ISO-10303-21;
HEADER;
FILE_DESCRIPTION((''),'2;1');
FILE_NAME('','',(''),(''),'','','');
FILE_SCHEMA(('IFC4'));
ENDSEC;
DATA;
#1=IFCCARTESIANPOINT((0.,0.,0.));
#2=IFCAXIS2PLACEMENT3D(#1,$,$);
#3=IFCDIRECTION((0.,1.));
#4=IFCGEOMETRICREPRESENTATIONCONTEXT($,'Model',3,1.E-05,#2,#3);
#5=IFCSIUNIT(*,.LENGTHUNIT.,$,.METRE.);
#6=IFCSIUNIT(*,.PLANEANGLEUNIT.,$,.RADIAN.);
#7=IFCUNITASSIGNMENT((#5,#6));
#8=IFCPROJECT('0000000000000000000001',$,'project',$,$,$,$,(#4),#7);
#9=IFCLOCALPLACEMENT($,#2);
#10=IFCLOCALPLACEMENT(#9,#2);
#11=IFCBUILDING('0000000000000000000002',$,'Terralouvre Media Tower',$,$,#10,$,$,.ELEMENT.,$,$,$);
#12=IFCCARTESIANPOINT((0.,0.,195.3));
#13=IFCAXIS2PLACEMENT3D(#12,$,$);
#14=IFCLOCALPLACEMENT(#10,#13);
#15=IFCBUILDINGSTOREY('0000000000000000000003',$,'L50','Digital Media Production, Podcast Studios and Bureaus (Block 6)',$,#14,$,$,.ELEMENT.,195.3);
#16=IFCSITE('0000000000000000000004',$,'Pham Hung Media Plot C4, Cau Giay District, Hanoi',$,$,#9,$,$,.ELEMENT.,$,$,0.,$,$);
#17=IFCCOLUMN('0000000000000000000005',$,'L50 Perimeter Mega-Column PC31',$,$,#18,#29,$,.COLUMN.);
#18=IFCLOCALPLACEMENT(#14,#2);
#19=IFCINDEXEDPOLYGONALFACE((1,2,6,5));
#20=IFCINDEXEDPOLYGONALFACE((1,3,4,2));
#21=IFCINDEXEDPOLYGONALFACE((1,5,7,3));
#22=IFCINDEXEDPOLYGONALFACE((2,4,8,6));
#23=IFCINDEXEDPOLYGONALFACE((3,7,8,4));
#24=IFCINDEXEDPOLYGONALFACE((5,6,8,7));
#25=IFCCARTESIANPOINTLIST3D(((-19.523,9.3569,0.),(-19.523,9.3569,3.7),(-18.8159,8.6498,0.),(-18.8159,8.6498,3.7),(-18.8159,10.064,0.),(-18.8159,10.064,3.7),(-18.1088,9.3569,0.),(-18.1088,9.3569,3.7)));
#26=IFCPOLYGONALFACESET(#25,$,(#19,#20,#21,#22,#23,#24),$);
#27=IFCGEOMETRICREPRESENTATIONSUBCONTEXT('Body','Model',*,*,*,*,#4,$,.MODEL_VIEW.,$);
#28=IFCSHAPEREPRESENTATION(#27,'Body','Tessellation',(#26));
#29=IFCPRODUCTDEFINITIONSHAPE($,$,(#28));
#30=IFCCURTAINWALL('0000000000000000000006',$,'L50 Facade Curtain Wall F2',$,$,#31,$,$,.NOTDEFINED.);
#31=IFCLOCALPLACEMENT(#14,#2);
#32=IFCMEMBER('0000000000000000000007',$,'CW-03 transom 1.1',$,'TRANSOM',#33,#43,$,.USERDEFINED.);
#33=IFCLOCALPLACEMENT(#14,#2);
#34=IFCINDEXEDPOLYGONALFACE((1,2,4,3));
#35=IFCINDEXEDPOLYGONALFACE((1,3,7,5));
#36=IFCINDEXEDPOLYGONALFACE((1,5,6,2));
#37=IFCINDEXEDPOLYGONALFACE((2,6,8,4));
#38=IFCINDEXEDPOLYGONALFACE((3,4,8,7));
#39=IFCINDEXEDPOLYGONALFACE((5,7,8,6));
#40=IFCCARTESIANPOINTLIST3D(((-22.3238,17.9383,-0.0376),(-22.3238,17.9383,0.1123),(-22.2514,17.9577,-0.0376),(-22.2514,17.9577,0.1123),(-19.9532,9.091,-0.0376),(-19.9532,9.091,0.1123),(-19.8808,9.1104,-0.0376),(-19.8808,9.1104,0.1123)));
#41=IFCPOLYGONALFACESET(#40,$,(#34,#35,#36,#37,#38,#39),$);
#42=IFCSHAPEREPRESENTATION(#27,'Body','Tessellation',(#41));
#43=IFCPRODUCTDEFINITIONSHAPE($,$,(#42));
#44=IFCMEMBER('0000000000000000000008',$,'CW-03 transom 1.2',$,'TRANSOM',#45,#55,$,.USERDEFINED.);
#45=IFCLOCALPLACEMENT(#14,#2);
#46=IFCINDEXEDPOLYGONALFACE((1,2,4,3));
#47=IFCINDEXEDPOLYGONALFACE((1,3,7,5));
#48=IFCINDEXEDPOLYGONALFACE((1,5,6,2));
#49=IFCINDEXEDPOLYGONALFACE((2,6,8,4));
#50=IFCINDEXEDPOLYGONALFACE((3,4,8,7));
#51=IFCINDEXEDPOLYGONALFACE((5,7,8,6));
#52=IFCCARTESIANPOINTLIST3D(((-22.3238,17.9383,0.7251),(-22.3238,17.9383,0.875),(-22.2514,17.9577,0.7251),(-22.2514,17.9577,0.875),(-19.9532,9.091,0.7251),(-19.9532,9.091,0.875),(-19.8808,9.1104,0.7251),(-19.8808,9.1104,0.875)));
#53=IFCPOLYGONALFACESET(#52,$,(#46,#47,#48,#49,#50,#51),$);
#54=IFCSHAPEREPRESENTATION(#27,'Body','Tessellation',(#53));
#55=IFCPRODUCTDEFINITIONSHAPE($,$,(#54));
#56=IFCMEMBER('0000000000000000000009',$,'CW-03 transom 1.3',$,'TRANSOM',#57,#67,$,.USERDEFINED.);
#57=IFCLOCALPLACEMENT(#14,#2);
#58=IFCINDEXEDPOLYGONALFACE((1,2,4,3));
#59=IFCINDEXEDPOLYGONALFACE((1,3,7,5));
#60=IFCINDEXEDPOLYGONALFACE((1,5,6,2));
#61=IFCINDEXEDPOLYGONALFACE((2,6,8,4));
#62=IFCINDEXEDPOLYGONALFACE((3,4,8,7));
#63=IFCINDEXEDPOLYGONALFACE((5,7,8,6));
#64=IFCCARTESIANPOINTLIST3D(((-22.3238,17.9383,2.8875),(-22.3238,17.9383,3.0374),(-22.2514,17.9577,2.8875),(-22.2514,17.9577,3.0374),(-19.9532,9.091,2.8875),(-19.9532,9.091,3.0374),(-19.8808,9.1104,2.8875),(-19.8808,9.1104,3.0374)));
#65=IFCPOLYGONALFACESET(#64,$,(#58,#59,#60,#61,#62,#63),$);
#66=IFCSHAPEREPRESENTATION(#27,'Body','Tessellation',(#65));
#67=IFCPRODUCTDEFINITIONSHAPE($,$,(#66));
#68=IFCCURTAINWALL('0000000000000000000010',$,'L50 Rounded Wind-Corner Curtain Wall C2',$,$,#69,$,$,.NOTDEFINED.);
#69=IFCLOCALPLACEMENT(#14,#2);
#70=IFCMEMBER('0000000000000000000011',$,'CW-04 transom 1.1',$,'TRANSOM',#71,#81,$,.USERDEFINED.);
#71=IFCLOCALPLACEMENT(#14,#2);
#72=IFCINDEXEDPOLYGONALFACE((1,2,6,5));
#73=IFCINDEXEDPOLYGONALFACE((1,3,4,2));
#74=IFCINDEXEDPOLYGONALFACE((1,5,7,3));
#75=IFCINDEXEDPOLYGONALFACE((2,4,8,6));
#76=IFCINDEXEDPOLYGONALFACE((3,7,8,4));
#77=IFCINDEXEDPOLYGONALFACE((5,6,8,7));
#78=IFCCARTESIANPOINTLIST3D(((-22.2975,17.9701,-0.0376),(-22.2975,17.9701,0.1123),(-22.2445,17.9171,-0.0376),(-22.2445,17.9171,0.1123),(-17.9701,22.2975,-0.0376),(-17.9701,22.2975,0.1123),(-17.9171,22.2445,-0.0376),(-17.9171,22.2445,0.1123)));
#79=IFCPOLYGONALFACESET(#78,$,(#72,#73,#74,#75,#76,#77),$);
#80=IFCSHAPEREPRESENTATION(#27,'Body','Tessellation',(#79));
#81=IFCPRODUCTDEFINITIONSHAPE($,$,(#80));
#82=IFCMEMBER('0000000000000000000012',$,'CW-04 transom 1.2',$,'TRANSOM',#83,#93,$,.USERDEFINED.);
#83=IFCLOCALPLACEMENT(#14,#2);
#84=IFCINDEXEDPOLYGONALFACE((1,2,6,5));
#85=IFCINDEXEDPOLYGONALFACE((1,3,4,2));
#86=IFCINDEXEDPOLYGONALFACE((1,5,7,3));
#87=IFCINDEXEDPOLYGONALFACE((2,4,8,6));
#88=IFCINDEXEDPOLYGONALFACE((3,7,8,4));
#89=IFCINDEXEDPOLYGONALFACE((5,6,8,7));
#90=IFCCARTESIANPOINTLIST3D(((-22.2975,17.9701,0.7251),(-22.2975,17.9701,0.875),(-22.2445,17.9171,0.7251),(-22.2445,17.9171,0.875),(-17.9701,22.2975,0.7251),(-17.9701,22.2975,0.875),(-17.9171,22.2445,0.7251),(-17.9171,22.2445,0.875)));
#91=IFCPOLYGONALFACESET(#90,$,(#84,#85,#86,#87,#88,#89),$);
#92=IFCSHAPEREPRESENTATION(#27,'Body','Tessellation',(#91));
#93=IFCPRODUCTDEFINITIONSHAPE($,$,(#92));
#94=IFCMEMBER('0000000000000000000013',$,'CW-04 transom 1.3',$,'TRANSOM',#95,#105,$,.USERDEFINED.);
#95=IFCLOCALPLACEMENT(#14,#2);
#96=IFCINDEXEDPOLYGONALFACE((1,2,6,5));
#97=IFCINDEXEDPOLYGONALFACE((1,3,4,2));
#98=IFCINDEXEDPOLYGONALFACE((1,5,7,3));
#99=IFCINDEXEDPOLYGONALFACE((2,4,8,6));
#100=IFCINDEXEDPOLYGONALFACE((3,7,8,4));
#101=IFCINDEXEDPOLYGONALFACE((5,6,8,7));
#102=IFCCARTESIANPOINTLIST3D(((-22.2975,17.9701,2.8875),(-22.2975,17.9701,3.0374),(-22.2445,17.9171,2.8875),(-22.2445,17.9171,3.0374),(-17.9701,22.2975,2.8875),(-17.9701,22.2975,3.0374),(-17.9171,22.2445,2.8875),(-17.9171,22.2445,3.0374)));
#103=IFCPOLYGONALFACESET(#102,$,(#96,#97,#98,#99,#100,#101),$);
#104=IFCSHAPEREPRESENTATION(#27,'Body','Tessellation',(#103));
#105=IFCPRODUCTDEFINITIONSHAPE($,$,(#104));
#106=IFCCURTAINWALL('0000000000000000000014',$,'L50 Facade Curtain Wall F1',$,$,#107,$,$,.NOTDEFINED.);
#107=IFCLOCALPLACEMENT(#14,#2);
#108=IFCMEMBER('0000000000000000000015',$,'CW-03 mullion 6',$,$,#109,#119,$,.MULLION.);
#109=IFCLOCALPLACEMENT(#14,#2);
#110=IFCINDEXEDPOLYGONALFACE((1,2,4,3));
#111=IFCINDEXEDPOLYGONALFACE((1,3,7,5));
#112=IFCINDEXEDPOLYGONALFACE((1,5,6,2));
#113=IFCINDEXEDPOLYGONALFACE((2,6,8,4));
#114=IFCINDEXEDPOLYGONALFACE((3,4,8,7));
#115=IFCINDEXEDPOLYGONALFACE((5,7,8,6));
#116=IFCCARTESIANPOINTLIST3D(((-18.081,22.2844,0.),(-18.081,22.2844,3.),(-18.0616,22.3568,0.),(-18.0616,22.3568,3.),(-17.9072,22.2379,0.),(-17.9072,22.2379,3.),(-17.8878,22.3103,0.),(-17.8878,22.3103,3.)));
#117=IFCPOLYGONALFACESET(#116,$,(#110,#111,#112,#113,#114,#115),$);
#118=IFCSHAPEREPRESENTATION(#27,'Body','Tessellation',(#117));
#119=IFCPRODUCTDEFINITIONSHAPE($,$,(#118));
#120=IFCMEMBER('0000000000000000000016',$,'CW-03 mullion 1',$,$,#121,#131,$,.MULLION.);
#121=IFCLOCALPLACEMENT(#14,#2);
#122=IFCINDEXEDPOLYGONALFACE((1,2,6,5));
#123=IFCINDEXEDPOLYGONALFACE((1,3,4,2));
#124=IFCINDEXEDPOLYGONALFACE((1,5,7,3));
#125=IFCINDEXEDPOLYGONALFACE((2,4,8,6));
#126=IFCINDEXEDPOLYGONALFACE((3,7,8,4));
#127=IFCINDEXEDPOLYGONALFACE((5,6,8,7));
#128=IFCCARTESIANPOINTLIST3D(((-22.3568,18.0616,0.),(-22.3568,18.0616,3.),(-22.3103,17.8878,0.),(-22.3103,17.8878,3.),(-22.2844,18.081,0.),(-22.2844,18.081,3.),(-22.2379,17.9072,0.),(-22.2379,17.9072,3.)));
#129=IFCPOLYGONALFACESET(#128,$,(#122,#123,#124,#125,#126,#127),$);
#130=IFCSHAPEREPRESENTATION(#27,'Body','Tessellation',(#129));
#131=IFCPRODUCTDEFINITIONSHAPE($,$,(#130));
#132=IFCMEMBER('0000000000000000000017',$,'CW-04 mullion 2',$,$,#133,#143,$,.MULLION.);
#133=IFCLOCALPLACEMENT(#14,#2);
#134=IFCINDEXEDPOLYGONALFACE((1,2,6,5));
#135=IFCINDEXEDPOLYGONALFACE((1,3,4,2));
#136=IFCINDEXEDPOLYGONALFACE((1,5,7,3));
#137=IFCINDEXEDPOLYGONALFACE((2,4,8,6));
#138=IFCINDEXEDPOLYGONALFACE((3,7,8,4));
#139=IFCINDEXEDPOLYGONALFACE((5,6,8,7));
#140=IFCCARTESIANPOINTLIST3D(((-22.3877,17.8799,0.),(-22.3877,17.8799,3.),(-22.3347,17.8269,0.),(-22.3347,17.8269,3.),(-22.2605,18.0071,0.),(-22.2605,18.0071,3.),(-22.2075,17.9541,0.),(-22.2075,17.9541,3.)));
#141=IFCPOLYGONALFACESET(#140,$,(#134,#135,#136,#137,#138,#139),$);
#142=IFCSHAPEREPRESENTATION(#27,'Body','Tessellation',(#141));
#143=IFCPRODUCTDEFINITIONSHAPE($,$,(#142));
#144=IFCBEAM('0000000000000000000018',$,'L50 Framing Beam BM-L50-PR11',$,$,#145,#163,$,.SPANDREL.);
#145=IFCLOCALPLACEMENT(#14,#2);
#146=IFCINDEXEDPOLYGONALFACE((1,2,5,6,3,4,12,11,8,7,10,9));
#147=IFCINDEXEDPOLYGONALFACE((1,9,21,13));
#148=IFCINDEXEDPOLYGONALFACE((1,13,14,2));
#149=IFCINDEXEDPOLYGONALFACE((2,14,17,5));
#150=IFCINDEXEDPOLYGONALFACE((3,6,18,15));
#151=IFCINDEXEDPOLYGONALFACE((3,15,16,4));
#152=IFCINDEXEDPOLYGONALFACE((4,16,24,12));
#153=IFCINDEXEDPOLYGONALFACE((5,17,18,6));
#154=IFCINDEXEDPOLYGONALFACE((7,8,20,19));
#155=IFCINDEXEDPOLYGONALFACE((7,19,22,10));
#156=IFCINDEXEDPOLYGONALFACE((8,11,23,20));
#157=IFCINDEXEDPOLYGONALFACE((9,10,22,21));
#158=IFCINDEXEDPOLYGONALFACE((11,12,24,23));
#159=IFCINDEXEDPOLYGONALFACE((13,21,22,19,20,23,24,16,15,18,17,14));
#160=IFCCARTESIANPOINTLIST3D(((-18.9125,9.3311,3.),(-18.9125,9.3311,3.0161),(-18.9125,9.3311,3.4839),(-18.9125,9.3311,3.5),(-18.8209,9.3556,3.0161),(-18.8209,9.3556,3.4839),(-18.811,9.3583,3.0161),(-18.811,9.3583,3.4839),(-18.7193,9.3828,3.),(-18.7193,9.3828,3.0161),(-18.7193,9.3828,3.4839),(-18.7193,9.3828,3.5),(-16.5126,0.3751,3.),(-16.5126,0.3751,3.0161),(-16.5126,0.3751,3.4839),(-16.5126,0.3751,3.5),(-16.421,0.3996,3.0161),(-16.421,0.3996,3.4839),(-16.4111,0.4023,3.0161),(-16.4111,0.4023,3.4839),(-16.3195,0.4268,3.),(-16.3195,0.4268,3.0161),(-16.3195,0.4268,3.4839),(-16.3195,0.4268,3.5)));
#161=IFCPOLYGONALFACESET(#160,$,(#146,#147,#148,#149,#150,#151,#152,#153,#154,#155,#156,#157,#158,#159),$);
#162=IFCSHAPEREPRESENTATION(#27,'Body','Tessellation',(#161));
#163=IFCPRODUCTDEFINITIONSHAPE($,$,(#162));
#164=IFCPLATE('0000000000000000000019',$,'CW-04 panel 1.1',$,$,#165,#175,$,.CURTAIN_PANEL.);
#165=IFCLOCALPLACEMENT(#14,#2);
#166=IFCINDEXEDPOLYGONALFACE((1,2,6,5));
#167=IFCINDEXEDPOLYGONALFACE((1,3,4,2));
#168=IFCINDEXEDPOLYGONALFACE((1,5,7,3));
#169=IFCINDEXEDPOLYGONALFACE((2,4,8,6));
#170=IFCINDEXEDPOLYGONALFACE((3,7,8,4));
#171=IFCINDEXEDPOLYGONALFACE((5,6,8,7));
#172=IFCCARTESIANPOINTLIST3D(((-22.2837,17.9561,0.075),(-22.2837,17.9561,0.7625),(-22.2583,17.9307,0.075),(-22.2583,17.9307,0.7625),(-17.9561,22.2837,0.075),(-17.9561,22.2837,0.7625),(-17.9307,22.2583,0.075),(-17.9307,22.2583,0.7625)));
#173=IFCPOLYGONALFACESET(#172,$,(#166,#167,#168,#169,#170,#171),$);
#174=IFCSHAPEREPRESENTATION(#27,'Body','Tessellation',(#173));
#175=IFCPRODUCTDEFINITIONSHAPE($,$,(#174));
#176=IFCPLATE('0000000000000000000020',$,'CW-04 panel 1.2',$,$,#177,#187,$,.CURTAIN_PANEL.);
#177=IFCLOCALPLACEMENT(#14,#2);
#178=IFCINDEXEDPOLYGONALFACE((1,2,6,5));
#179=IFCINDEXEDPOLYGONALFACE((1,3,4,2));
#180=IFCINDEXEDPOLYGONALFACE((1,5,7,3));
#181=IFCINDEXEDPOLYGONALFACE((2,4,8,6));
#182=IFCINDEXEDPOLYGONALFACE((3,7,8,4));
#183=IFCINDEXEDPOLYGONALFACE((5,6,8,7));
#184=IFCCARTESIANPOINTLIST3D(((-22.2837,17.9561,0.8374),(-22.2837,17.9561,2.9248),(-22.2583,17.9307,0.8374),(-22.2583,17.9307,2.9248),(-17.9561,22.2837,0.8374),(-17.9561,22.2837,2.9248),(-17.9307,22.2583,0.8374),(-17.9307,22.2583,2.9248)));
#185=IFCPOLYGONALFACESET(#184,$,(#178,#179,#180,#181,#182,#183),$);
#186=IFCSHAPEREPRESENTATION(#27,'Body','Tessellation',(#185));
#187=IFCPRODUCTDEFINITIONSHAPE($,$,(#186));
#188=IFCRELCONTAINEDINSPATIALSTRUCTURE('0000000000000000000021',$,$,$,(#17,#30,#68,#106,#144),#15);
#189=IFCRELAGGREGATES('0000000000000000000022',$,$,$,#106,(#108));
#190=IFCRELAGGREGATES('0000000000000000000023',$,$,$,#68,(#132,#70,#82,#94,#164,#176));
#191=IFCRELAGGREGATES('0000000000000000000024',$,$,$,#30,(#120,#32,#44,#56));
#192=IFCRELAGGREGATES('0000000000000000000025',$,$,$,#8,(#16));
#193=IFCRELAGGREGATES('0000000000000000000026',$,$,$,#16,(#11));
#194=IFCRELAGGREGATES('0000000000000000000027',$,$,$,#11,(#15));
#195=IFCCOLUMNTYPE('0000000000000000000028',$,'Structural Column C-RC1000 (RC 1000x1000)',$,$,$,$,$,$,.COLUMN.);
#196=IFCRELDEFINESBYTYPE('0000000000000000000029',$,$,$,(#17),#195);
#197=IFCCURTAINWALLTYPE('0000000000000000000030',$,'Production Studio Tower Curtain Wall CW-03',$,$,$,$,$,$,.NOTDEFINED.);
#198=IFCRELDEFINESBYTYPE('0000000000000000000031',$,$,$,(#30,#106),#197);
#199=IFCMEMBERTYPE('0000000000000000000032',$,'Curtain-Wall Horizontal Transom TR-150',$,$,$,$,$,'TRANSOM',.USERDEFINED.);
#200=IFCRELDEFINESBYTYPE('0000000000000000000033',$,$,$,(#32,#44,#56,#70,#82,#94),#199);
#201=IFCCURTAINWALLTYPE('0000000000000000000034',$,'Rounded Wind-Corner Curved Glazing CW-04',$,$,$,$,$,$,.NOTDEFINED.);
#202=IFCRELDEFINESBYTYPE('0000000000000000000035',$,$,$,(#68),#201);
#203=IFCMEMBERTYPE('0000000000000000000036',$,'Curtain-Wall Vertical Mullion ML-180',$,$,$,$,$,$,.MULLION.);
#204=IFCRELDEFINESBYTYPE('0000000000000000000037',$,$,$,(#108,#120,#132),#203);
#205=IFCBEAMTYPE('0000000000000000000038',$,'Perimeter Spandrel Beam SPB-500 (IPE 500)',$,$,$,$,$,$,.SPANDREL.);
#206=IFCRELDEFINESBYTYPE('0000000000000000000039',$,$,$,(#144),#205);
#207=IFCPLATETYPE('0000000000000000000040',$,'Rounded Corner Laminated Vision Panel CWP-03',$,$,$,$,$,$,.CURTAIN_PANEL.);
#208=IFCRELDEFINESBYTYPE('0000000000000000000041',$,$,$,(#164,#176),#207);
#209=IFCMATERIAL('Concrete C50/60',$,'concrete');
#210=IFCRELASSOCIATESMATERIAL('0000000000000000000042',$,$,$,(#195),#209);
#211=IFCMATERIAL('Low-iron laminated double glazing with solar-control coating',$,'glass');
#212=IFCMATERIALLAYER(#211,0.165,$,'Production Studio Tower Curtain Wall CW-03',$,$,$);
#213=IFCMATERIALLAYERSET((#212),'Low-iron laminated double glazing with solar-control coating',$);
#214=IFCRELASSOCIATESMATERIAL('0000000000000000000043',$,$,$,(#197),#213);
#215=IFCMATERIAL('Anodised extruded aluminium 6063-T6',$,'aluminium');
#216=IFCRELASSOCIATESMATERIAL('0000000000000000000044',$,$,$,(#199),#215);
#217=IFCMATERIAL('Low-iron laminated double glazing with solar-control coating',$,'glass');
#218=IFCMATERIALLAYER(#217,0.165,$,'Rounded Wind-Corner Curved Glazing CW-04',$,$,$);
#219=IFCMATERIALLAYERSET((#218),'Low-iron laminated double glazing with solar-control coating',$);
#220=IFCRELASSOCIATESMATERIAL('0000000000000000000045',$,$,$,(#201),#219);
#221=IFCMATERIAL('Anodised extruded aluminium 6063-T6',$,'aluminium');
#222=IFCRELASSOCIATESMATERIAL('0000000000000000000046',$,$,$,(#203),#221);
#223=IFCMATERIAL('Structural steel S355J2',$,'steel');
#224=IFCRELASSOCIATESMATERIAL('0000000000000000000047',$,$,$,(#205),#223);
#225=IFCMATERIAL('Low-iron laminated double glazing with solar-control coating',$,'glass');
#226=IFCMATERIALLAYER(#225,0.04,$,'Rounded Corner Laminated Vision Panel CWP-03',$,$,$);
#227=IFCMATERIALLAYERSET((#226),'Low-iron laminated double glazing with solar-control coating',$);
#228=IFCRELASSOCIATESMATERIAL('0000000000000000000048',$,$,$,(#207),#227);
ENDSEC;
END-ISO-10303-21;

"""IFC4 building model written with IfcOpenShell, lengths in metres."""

from ifc_helpers import new_model, si_unit, direction, frame, origin, origin_2d, place, context, subcontext, project, spatial, rectangle, i_section, extrude, material, layer, layer_set, material_profile, profile_set, type_object, element, aggregate, save


model = new_model("IFC4")

# Units and contexts
model_context = context("Model", 3, precision=1e-05, world=origin(), true_north=direction((0.0, 1.0)))
body_context = subcontext(model_context, "Body", "Model", "MODEL_VIEW")
ifc_project = project(units=[si_unit("LENGTHUNIT", "METRE"), si_unit("PLANEANGLEUNIT", "RADIAN")], contexts=[model_context])

# Site, building, storey
site_placement = place(None, origin())
site = spatial("IfcSite", under=ifc_project, at=site_placement, Name="Pham Hung Media Plot C4, Cau Giay District, Hanoi", CompositionType="ELEMENT", RefElevation=0.0)
building_placement = place(site_placement, origin())
building = spatial("IfcBuilding", under=site, at=building_placement, Name="Terralouvre Media Tower", CompositionType="ELEMENT")
storey_placement = place(building_placement, frame((0.0, 0.0, 195.3)))
storey = spatial("IfcBuildingStorey", under=building, at=storey_placement, Name="L50", Description="Digital Media Production, Podcast Studios and Bureaus (Block 6)", CompositionType="ELEMENT", Elevation=195.3)

# Column
ifc_material_1 = material(Name="Concrete C50/60", Category="concrete")
ifc_material_profile_1 = material_profile(ifc_material_1, rectangle(XDim=1.0, YDim=1.0, at=origin_2d()), Name="RC 1000x1000")
ifc_profile_set_1 = profile_set([ifc_material_profile_1], Name="Concrete C50/60")
column_type = type_object("IfcColumnType", Name="Structural Column C-RC1000 (RC 1000x1000)", PredefinedType="COLUMN", material=ifc_profile_set_1)
column_placement = place(storey_placement, frame((-18.8159, 9.3569, 0.0), z_axis=(0.0, 0.0, 1.0), x_axis=(0.707107, 0.707107, 0.0)))
element("IfcColumn", 1, at=column_placement, inside=storey, type_object=column_type, Name="L50 Perimeter Mega-Column PC31", PredefinedType="COLUMN", context=body_context, shape_type="SweptSolid", body=[
    extrude(rectangle(XDim=1.0, YDim=1.0, at=origin_2d()), origin(), (0.0, 0.0, 1.0), 3.7),
])

# Curtain walls, members
ifc_material_2 = material(Name="Low-iron laminated double glazing with solar-control coating", Category="glass")
ifc_layer_1 = layer(ifc_material_2, 0.165, Name="Production Studio Tower Curtain Wall CW-03")
ifc_layer_set_1 = layer_set([ifc_layer_1], Name="Low-iron laminated double glazing with solar-control coating")
curtain_wall_type_1 = type_object("IfcCurtainWallType", Name="Production Studio Tower Curtain Wall CW-03", PredefinedType="NOTDEFINED", material=ifc_layer_set_1)
curtain_wall_1_placement = place(storey_placement, origin())
curtain_wall_1 = element("IfcCurtainWall", 2, at=curtain_wall_1_placement, inside=storey, type_object=curtain_wall_type_1, Name="L50 Facade Curtain Wall F2", PredefinedType="NOTDEFINED")
ifc_material_3 = material(Name="Anodised extruded aluminium 6063-T6", Category="aluminium")
ifc_material_profile_2 = material_profile(ifc_material_3, rectangle(XDim=0.075, YDim=0.1499, at=origin_2d()), Name="ALU 75x150")
ifc_profile_set_2 = profile_set([ifc_material_profile_2], Name="Anodised extruded aluminium 6063-T6")
member_type_1 = type_object("IfcMemberType", Name="Curtain-Wall Horizontal Transom TR-150", ElementType="TRANSOM", PredefinedType="USERDEFINED", material=ifc_profile_set_2)
member_1_placement = place(storey_placement, frame((-22.2876, 17.948, 0.0374), z_axis=(0.258814, -0.965927, 0.0), x_axis=(0.965927, 0.258814, 0.0)))
member_1 = element("IfcMember", 3, at=member_1_placement, type_object=member_type_1, Name="CW-03 transom 1.1", ObjectType="TRANSOM", PredefinedType="USERDEFINED", context=body_context, shape_type="SweptSolid", body=[
    extrude(rectangle(XDim=0.075, YDim=0.1499, at=origin_2d()), origin(), (0.0, 0.0, 1.0), 9.1594),
])
member_2_placement = place(storey_placement, frame((-22.2876, 17.948, 0.8), z_axis=(0.258814, -0.965927, 0.0), x_axis=(0.965927, 0.258814, 0.0)))
member_2 = element("IfcMember", 4, at=member_2_placement, type_object=member_type_1, Name="CW-03 transom 1.2", ObjectType="TRANSOM", PredefinedType="USERDEFINED", context=body_context, shape_type="SweptSolid", body=[
    extrude(rectangle(XDim=0.075, YDim=0.1499, at=origin_2d()), origin(), (0.0, 0.0, 1.0), 9.1594),
])
member_3_placement = place(storey_placement, frame((-22.2876, 17.948, 2.9624), z_axis=(0.258814, -0.965927, 0.0), x_axis=(0.965927, 0.258814, 0.0)))
member_3 = element("IfcMember", 5, at=member_3_placement, type_object=member_type_1, Name="CW-03 transom 1.3", ObjectType="TRANSOM", PredefinedType="USERDEFINED", context=body_context, shape_type="SweptSolid", body=[
    extrude(rectangle(XDim=0.075, YDim=0.1499, at=origin_2d()), origin(), (0.0, 0.0, 1.0), 9.1594),
])
ifc_material_4 = material(Name="Low-iron laminated double glazing with solar-control coating", Category="glass")
ifc_layer_2 = layer(ifc_material_4, 0.165, Name="Rounded Wind-Corner Curved Glazing CW-04")
ifc_layer_set_2 = layer_set([ifc_layer_2], Name="Low-iron laminated double glazing with solar-control coating")
curtain_wall_type_2 = type_object("IfcCurtainWallType", Name="Rounded Wind-Corner Curved Glazing CW-04", PredefinedType="NOTDEFINED", material=ifc_layer_set_2)
curtain_wall_2_placement = place(storey_placement, origin())
curtain_wall_2 = element("IfcCurtainWall", 6, at=curtain_wall_2_placement, inside=storey, type_object=curtain_wall_type_2, Name="L50 Rounded Wind-Corner Curtain Wall C2", PredefinedType="NOTDEFINED")
member_4_placement = place(storey_placement, frame((-17.9436, 22.271, 0.0374), z_axis=(-0.707107, -0.707107, 0.0), x_axis=(0.707107, -0.707107, 0.0)))
member_4 = element("IfcMember", 7, at=member_4_placement, type_object=member_type_1, Name="CW-04 transom 1.1", ObjectType="TRANSOM", PredefinedType="USERDEFINED", context=body_context, shape_type="SweptSolid", body=[
    extrude(rectangle(XDim=0.075, YDim=0.1499, at=origin_2d()), origin(), (0.0, 0.0, 1.0), 6.1199),
])
member_5_placement = place(storey_placement, frame((-17.9436, 22.271, 0.8), z_axis=(-0.707107, -0.707107, 0.0), x_axis=(0.707107, -0.707107, 0.0)))
member_5 = element("IfcMember", 8, at=member_5_placement, type_object=member_type_1, Name="CW-04 transom 1.2", ObjectType="TRANSOM", PredefinedType="USERDEFINED", context=body_context, shape_type="SweptSolid", body=[
    extrude(rectangle(XDim=0.075, YDim=0.1499, at=origin_2d()), origin(), (0.0, 0.0, 1.0), 6.1199),
])
member_6_placement = place(storey_placement, frame((-17.9436, 22.271, 2.9624), z_axis=(-0.707107, -0.707107, 0.0), x_axis=(0.707107, -0.707107, 0.0)))
member_6 = element("IfcMember", 9, at=member_6_placement, type_object=member_type_1, Name="CW-04 transom 1.3", ObjectType="TRANSOM", PredefinedType="USERDEFINED", context=body_context, shape_type="SweptSolid", body=[
    extrude(rectangle(XDim=0.075, YDim=0.1499, at=origin_2d()), origin(), (0.0, 0.0, 1.0), 6.1199),
])

# Curtain wall, member
curtain_wall_3_placement = place(storey_placement, origin())
curtain_wall_3 = element("IfcCurtainWall", 10, at=curtain_wall_3_placement, inside=storey, type_object=curtain_wall_type_1, Name="L50 Facade Curtain Wall F1", PredefinedType="NOTDEFINED")
ifc_material_5 = material(Name="Anodised extruded aluminium 6063-T6", Category="aluminium")
ifc_material_profile_3 = material_profile(ifc_material_5, rectangle(XDim=0.075, YDim=0.1799, at=origin_2d()), Name="ALU 75x180")
ifc_profile_set_3 = profile_set([ifc_material_profile_3], Name="Anodised extruded aluminium 6063-T6")
member_type_2 = type_object("IfcMemberType", Name="Curtain-Wall Vertical Mullion ML-180", PredefinedType="MULLION", material=ifc_profile_set_3)
member_7_placement = place(storey_placement, frame((-17.9844, 22.2974, 0.0), z_axis=(0.0, 0.0, 1.0), x_axis=(-0.258819, -0.965926, 0.0)))
member_7 = element("IfcMember", 11, at=member_7_placement, type_object=member_type_2, Name="CW-03 mullion 6", PredefinedType="MULLION", context=body_context, shape_type="SweptSolid", body=[
    extrude(rectangle(XDim=0.075, YDim=0.1799, at=origin_2d()), origin(), (0.0, 0.0, 1.0), 3.0),
])
aggregate(curtain_wall_3, [member_7])

# Members
member_8_placement = place(storey_placement, frame((-22.2974, 17.9844, 0.0), z_axis=(0.0, 0.0, 1.0), x_axis=(0.965926, 0.258819, 0.0)))
member_8 = element("IfcMember", 12, at=member_8_placement, type_object=member_type_2, Name="CW-03 mullion 1", PredefinedType="MULLION", context=body_context, shape_type="SweptSolid", body=[
    extrude(rectangle(XDim=0.075, YDim=0.1799, at=origin_2d()), origin(), (0.0, 0.0, 1.0), 3.0),
])
member_9_placement = place(storey_placement, frame((-22.2976, 17.917, 0.0), z_axis=(0.0, 0.0, 1.0), x_axis=(0.707107, -0.707107, 0.0)))
member_9 = element("IfcMember", 13, at=member_9_placement, type_object=member_type_2, Name="CW-04 mullion 2", PredefinedType="MULLION", context=body_context, shape_type="SweptSolid", body=[
    extrude(rectangle(XDim=0.075, YDim=0.1799, at=origin_2d()), origin(), (0.0, 0.0, 1.0), 3.0),
])

# Beam
ifc_material_6 = material(Name="Structural steel S355J2", Category="steel")
ifc_material_profile_4 = material_profile(ifc_material_6, i_section(OverallWidth=0.2, OverallDepth=0.5, WebThickness=0.0103, FlangeThickness=0.0161, at=origin_2d()), Name="IPE 500")
ifc_profile_set_4 = profile_set([ifc_material_profile_4], Name="Structural steel S355J2")
beam_type = type_object("IfcBeamType", Name="Perimeter Spandrel Beam SPB-500 (IPE 500)", PredefinedType="SPANDREL", material=ifc_profile_set_4)
beam_placement = place(storey_placement, frame((-18.8159, 9.3569, 3.25), z_axis=(0.258833, -0.965922, 0.0), x_axis=(0.965922, 0.258833, 0.0)))
element("IfcBeam", 14, at=beam_placement, inside=storey, type_object=beam_type, Name="L50 Framing Beam BM-L50-PR11", PredefinedType="SPANDREL", context=body_context, shape_type="SweptSolid", body=[
    extrude(i_section(OverallWidth=0.2, OverallDepth=0.5, WebThickness=0.0103, FlangeThickness=0.0161, at=origin_2d()), origin(), (0.0, 0.0, 1.0), 9.272),
])

# Plates
ifc_material_7 = material(Name="Low-iron laminated double glazing with solar-control coating", Category="glass")
ifc_layer_3 = layer(ifc_material_7, 0.04, Name="Rounded Corner Laminated Vision Panel CWP-03")
ifc_layer_set_3 = layer_set([ifc_layer_3], Name="Low-iron laminated double glazing with solar-control coating")
plate_type_1 = type_object("IfcPlateType", Name="Rounded Corner Laminated Vision Panel CWP-03", PredefinedType="CURTAIN_PANEL", material=ifc_layer_set_3)
plate_1_placement = place(storey_placement, frame((-20.1072, 20.1072, 0.075), z_axis=(0.0, 0.0, 1.0), x_axis=(-0.707107, -0.707107, 0.0)))
plate_1 = element("IfcPlate", 15, at=plate_1_placement, type_object=plate_type_1, Name="CW-04 panel 1.1", PredefinedType="CURTAIN_PANEL", context=body_context, shape_type="SweptSolid", body=[
    extrude(rectangle(XDim=6.1201, YDim=0.0359, at=origin_2d()), origin(), (0.0, 0.0, 1.0), 0.6875),
])
plate_2_placement = place(storey_placement, frame((-20.1072, 20.1072, 0.8374), z_axis=(0.0, 0.0, 1.0), x_axis=(-0.707107, -0.707107, 0.0)))
plate_2 = element("IfcPlate", 16, at=plate_2_placement, type_object=plate_type_1, Name="CW-04 panel 1.2", PredefinedType="CURTAIN_PANEL", context=body_context, shape_type="SweptSolid", body=[
    extrude(rectangle(XDim=6.1201, YDim=0.0359, at=origin_2d()), origin(), (0.0, 0.0, 1.0), 2.0874),
])
aggregate(curtain_wall_2, [member_9, member_4, member_5, member_6, plate_1, plate_2])
aggregate(curtain_wall_1, [member_8, member_1, member_2, member_3])

save(model, "model.ifc")
